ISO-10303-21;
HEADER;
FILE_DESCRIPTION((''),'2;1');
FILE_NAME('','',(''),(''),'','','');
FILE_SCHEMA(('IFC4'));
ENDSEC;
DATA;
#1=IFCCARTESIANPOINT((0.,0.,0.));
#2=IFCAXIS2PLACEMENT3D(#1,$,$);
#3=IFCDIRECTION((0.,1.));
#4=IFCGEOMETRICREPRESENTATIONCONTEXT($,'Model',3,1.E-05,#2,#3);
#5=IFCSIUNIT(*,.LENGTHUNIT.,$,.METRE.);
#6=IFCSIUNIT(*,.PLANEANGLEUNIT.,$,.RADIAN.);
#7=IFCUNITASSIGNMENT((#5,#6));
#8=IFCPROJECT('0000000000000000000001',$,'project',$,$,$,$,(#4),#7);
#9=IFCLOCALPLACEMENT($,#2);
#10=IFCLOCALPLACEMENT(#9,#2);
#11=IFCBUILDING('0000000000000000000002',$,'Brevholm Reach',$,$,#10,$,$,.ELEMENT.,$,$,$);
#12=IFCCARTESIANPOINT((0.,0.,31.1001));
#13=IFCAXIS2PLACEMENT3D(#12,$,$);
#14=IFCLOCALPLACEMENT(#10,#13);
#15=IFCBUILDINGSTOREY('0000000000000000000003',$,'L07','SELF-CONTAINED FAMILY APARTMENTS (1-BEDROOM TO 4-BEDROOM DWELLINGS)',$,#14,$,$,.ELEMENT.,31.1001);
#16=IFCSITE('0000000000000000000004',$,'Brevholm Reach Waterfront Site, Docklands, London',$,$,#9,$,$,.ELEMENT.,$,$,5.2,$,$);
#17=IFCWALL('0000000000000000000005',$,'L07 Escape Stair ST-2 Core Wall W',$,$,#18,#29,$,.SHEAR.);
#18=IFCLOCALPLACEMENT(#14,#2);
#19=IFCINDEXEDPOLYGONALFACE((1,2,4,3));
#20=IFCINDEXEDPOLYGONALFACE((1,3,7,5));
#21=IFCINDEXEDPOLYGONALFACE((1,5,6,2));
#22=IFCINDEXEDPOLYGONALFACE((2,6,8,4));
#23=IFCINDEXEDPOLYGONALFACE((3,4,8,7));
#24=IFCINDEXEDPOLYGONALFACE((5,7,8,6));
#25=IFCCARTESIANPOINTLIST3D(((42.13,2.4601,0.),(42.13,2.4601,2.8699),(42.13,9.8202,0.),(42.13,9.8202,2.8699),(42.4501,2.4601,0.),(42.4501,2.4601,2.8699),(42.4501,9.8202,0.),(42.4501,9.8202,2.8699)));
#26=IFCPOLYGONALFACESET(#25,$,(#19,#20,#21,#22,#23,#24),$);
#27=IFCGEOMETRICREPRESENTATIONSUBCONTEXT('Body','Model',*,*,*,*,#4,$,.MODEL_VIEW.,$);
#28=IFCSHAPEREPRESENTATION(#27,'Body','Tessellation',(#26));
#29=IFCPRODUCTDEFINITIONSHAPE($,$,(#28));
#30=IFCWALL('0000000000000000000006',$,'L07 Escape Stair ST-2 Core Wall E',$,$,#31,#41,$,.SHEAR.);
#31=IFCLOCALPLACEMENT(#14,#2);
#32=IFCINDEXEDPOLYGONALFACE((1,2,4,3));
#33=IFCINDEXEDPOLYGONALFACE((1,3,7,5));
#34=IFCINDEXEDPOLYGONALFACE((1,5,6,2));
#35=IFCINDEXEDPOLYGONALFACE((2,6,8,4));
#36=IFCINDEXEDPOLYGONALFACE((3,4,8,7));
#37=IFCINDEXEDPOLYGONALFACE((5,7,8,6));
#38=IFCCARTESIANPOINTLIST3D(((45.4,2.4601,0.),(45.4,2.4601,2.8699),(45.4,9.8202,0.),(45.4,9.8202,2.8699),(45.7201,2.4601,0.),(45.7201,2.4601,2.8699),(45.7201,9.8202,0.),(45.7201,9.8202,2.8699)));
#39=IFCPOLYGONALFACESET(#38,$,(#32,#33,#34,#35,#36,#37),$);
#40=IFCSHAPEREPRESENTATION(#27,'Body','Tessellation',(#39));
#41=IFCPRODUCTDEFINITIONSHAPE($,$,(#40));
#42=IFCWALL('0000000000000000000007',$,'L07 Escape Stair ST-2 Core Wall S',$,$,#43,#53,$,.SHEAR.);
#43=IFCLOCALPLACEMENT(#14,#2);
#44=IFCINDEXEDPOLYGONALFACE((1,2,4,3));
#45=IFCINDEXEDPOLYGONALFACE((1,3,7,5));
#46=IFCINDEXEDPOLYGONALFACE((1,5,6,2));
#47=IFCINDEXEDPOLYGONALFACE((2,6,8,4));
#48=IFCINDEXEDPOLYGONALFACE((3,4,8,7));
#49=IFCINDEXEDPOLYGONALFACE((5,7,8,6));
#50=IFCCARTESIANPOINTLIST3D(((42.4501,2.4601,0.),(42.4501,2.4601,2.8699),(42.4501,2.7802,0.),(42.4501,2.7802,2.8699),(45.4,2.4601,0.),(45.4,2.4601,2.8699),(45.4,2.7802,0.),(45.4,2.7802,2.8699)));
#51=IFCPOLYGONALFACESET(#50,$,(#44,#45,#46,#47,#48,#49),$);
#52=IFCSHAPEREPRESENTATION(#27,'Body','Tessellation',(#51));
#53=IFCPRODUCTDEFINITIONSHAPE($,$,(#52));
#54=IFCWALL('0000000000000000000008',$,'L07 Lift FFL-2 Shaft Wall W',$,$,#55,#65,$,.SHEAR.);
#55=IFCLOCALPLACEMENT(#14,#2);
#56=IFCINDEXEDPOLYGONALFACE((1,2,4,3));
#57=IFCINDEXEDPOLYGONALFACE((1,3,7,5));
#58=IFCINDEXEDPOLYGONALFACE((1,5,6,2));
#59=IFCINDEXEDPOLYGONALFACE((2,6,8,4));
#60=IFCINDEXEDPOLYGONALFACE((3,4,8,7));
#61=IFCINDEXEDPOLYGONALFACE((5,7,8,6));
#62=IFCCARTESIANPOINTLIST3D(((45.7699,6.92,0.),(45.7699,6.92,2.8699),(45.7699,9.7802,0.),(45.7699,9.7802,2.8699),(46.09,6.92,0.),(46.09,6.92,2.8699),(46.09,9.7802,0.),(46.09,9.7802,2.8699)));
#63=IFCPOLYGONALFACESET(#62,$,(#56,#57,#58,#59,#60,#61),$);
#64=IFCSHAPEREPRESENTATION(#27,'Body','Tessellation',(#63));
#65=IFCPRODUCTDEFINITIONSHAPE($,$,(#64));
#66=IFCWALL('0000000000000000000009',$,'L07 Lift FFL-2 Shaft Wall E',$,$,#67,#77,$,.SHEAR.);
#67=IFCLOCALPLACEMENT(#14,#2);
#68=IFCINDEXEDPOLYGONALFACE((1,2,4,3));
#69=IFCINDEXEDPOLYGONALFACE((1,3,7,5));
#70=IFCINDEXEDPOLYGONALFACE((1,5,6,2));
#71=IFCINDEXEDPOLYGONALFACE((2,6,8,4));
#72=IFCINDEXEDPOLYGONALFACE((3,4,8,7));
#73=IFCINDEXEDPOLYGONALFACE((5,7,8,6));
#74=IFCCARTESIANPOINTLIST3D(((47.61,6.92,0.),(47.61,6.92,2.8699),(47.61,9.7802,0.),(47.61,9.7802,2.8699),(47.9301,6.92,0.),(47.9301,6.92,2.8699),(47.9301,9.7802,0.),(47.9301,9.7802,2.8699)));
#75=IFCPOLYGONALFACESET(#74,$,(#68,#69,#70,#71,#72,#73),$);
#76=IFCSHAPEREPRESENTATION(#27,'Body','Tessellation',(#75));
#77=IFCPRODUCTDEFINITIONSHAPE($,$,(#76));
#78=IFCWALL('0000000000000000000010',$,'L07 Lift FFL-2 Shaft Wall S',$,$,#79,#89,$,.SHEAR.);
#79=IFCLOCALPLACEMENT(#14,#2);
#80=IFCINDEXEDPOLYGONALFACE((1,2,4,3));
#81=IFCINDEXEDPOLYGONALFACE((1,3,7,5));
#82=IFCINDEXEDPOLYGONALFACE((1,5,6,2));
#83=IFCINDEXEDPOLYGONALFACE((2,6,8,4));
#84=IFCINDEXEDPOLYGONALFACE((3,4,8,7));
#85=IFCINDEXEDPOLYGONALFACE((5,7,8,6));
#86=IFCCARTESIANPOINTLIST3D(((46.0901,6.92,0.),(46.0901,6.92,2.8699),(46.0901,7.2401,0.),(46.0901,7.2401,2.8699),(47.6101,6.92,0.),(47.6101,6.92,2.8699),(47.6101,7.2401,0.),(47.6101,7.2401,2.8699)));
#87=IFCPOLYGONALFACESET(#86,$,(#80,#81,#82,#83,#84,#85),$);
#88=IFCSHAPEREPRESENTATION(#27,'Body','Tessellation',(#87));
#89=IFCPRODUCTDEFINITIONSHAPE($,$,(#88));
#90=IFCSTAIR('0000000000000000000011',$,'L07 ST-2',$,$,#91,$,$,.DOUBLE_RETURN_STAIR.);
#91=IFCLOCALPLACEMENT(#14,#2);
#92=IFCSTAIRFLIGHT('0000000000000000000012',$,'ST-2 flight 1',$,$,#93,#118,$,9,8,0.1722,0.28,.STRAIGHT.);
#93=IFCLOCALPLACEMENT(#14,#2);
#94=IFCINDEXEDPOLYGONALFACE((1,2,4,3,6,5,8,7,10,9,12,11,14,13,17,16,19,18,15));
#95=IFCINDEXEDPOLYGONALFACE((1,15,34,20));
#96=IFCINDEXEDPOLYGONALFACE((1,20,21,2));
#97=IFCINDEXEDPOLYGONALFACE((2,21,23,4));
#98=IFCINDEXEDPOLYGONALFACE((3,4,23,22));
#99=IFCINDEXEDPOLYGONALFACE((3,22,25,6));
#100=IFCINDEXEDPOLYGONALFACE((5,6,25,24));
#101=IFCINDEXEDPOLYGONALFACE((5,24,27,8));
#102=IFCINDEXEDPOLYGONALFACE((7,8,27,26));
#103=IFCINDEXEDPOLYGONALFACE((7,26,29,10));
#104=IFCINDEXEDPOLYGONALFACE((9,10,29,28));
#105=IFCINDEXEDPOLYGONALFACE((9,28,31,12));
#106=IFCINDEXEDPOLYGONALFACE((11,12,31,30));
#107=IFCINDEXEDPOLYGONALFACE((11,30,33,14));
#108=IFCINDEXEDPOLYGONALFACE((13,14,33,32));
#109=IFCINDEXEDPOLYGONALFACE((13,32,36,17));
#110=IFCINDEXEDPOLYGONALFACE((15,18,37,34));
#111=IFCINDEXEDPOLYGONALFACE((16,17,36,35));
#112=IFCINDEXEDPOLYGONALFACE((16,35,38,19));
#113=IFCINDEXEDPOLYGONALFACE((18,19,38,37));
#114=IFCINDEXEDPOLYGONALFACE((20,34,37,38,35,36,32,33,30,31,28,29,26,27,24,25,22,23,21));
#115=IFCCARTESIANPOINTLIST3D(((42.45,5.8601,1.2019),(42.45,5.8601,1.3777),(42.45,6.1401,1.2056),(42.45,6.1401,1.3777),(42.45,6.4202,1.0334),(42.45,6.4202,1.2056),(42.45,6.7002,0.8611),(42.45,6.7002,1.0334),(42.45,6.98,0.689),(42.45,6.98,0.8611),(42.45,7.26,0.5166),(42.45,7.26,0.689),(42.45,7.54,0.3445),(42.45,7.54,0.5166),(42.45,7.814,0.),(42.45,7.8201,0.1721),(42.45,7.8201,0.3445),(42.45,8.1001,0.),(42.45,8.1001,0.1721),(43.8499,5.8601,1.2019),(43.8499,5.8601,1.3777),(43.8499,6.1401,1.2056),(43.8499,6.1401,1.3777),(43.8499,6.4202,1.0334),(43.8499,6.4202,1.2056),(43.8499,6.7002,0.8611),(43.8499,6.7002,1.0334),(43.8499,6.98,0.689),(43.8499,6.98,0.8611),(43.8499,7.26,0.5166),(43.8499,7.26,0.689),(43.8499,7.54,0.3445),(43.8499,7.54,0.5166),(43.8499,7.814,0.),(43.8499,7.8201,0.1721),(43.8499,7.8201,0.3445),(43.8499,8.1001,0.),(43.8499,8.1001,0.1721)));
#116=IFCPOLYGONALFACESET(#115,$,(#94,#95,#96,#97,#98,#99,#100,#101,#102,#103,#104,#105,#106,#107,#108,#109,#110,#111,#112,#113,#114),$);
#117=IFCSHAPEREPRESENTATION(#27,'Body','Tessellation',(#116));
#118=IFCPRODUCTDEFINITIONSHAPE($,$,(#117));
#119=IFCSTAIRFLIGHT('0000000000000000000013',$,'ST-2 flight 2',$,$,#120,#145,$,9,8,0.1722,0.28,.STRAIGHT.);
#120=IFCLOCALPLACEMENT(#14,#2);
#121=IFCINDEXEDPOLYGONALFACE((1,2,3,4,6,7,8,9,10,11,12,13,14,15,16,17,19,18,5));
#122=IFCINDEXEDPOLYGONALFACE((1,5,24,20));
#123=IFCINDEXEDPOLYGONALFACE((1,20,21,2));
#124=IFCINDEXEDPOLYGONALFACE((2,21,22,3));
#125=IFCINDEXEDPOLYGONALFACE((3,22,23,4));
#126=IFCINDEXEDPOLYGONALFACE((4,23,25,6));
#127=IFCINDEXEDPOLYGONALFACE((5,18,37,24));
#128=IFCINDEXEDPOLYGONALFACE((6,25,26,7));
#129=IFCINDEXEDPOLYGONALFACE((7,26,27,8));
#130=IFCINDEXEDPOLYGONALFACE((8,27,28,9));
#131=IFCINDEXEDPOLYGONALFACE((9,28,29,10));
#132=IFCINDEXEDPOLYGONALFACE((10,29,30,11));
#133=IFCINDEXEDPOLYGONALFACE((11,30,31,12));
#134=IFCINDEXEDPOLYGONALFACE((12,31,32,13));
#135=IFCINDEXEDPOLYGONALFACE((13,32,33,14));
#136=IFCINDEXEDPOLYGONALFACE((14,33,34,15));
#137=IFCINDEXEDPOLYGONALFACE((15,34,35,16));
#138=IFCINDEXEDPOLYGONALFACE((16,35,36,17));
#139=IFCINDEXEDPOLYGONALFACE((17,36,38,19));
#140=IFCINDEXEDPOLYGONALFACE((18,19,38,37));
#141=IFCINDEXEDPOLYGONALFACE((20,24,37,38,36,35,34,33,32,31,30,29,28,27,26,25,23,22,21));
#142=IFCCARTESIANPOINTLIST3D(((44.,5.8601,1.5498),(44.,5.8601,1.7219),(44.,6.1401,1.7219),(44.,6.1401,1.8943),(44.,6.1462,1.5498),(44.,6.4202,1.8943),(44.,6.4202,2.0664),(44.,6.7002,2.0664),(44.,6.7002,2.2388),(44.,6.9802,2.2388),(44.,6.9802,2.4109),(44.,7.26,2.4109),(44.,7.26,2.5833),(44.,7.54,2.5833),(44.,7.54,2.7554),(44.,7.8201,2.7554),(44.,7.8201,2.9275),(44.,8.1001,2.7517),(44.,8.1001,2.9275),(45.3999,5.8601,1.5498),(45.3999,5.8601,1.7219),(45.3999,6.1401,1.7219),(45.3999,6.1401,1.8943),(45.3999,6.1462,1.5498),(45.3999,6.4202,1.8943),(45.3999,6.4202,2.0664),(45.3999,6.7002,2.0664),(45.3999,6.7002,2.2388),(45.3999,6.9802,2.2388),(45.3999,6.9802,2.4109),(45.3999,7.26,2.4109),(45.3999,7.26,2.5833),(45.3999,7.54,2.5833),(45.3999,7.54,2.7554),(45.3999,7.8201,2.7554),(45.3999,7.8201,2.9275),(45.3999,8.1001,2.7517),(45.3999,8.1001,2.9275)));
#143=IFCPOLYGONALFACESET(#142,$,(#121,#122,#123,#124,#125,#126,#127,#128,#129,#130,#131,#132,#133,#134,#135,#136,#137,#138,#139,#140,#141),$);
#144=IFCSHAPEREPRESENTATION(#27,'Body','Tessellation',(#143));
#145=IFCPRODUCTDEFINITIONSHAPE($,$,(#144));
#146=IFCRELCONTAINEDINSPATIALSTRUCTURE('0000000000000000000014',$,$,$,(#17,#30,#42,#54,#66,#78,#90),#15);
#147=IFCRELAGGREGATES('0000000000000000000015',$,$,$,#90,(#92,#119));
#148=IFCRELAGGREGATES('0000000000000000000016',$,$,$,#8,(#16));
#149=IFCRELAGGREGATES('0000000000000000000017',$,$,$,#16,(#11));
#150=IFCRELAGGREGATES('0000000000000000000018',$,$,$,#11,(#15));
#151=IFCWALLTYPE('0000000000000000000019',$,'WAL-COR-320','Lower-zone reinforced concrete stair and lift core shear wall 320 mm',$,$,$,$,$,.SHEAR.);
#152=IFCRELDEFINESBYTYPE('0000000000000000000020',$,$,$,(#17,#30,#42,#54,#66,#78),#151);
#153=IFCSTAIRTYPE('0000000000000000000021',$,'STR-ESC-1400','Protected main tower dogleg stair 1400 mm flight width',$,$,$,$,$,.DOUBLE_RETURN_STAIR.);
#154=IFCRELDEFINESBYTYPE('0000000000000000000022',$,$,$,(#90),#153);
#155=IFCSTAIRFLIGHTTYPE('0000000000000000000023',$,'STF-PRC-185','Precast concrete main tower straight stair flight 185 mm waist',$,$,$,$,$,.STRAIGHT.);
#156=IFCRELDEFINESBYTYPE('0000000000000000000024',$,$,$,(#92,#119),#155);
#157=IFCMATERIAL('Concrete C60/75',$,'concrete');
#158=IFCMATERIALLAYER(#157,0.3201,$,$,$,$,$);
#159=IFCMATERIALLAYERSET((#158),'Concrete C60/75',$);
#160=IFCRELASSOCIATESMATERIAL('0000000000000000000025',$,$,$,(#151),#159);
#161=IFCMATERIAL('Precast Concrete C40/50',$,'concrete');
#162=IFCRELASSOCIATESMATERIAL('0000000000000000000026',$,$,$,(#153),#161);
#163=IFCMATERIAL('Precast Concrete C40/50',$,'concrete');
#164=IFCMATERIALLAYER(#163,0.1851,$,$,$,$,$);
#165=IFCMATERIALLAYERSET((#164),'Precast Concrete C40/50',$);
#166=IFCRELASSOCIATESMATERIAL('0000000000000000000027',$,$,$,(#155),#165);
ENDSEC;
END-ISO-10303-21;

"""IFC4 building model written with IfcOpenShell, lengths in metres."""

from ifc_helpers import new_model, si_unit, direction, frame, frame_2d, origin, place, context, subcontext, project, spatial, polyline, rectangle, outline, extrude, material, layer, layer_set, type_object, element, aggregate, save


model = new_model("IFC4")

# Units and contexts
model_context = context("Model", 3, precision=1e-05, world=origin(), true_north=direction((0.0, 1.0)))
body_context = subcontext(model_context, "Body", "Model", "MODEL_VIEW")
ifc_project = project(units=[si_unit("LENGTHUNIT", "METRE"), si_unit("PLANEANGLEUNIT", "RADIAN")], contexts=[model_context])

# Site, building, storey
site_placement = place(None, origin())
site = spatial("IfcSite", under=ifc_project, at=site_placement, Name="Brevholm Reach Waterfront Site, Docklands, London", CompositionType="ELEMENT", RefElevation=5.2)
building_placement = place(site_placement, origin())
building = spatial("IfcBuilding", under=site, at=building_placement, Name="Brevholm Reach", CompositionType="ELEMENT")
storey_placement = place(building_placement, frame((0.0, 0.0, 31.1001)))
storey = spatial("IfcBuildingStorey", under=building, at=storey_placement, Name="L07", Description="SELF-CONTAINED FAMILY APARTMENTS (1-BEDROOM TO 4-BEDROOM DWELLINGS)", CompositionType="ELEMENT", Elevation=31.1001)

# Walls
ifc_material_1 = material(Name="Concrete C60/75", Category="concrete")
ifc_layer_1 = layer(ifc_material_1, 0.3201)
ifc_layer_set_1 = layer_set([ifc_layer_1], Name="Concrete C60/75")
wall_type = type_object("IfcWallType", Name="WAL-COR-320", Description="Lower-zone reinforced concrete stair and lift core shear wall 320 mm", PredefinedType="SHEAR", material=ifc_layer_set_1)
for number, where, z_axis, x_axis, name in (
    (1, (42.29, 2.46, 0.0), (0.0, 0.0, 1.0), (0.0, 1.0, 0.0), "L07 Escape Stair ST-2 Core Wall W"),
    (2, (45.5601, 2.46, 0.0), (0.0, 0.0, 1.0), (0.0, 1.0, 0.0), "L07 Escape Stair ST-2 Core Wall E"),
):
    element("IfcWall", number, at=place(storey_placement, frame(where, z_axis=z_axis, x_axis=x_axis)), inside=storey, type_object=wall_type, Name=name, PredefinedType="SHEAR", context=body_context, shape_type="SweptSolid", body=[
        extrude(rectangle(XDim=7.3601, YDim=0.3201, at=frame_2d((3.6802, 0.0))), origin(), (0.0, 0.0, 1.0), 2.8699),
    ])
wall_1_placement = place(storey_placement, frame((42.45, 2.6201, 0.0), z_axis=(0.0, 0.0, 1.0), x_axis=(1.0, 0.0, 0.0)))
element("IfcWall", 3, at=wall_1_placement, inside=storey, type_object=wall_type, Name="L07 Escape Stair ST-2 Core Wall S", PredefinedType="SHEAR", context=body_context, shape_type="SweptSolid", body=[
    extrude(rectangle(XDim=2.95, YDim=0.3201, at=frame_2d((1.4751, 0.0))), origin(), (0.0, 0.0, 1.0), 2.8699),
])
for number, where, z_axis, x_axis, name in (
    (4, (45.9299, 6.9199, 0.0), (0.0, 0.0, 1.0), (0.0, 1.0, 0.0), "L07 Lift FFL-2 Shaft Wall W"),
    (5, (47.77, 6.9199, 0.0), (0.0, 0.0, 1.0), (0.0, 1.0, 0.0), "L07 Lift FFL-2 Shaft Wall E"),
):
    element("IfcWall", number, at=place(storey_placement, frame(where, z_axis=z_axis, x_axis=x_axis)), inside=storey, type_object=wall_type, Name=name, PredefinedType="SHEAR", context=body_context, shape_type="SweptSolid", body=[
        extrude(rectangle(XDim=2.8601, YDim=0.3201, at=frame_2d((1.4302, 0.0))), origin(), (0.0, 0.0, 1.0), 2.8699),
    ])
wall_2_placement = place(storey_placement, frame((46.0901, 7.0801, 0.0), z_axis=(0.0, 0.0, 1.0), x_axis=(1.0, 0.0, 0.0)))
element("IfcWall", 6, at=wall_2_placement, inside=storey, type_object=wall_type, Name="L07 Lift FFL-2 Shaft Wall S", PredefinedType="SHEAR", context=body_context, shape_type="SweptSolid", body=[
    extrude(rectangle(XDim=1.52, YDim=0.3201, at=frame_2d((0.76, 0.0))), origin(), (0.0, 0.0, 1.0), 2.8699),
])

# Stair, stair flights
ifc_material_2 = material(Name="Precast Concrete C40/50", Category="concrete")
stair_type = type_object("IfcStairType", Name="STR-ESC-1400", Description="Protected main tower dogleg stair 1400 mm flight width", PredefinedType="DOUBLE_RETURN_STAIR", material=ifc_material_2)
stair_placement = place(storey_placement, origin())
stair = element("IfcStair", 7, at=stair_placement, inside=storey, type_object=stair_type, Name="L07 ST-2", PredefinedType="DOUBLE_RETURN_STAIR")
ifc_material_3 = material(Name="Precast Concrete C40/50", Category="concrete")
ifc_layer_2 = layer(ifc_material_3, 0.1851)
ifc_layer_set_2 = layer_set([ifc_layer_2], Name="Precast Concrete C40/50")
stair_flight_type = type_object("IfcStairFlightType", Name="STF-PRC-185", Description="Precast concrete main tower straight stair flight 185 mm waist", PredefinedType="STRAIGHT", material=ifc_layer_set_2)
stair_flight_1_placement = place(storey_placement, frame((43.1499, 8.1001, 0.0), z_axis=(0.0, 0.0, 1.0), x_axis=(0.0, -1.0, 0.0)))
stair_flight_1 = element("IfcStairFlight", 8, at=stair_flight_1_placement, type_object=stair_flight_type, Name="ST-2 flight 1", NumberOfRisers=9, NumberOfTreads=8, PredefinedType="STRAIGHT", RiserHeight=0.1722, TreadLength=0.28, context=body_context, shape_type="SweptSolid", body=[
    extrude(outline(polyline([(0.0, 0.0), (0.0, 0.1721), (0.28, 0.1721), (0.28, 0.3445), (0.5601, 0.3445), (0.5601, 0.5166), (0.8401, 0.5166), (0.8401, 0.689), (1.1201, 0.689), (1.1201, 0.8611), (1.3999, 0.8611), (1.3999, 1.0334), (1.6799, 1.0334), (1.6799, 1.2056), (1.96, 1.2056), (1.96, 1.3777), (2.24, 1.3777), (2.24, 1.55), (2.24, 1.2019), (0.2861, 0.0), (0.0, 0.0)])), frame((0.0, 0.7, 0.0), z_axis=(0.0, -1.0, 0.0), x_axis=(1.0, 0.0, 0.0)), (0.0, 0.0, 1.0), 1.3999),
])
stair_flight_2_placement = place(storey_placement, frame((44.7, 5.8601, 1.5498), z_axis=(0.0, 0.0, 1.0), x_axis=(0.0, 1.0, 0.0)))
stair_flight_2 = element("IfcStairFlight", 9, at=stair_flight_2_placement, type_object=stair_flight_type, Name="ST-2 flight 2", NumberOfRisers=9, NumberOfTreads=8, PredefinedType="STRAIGHT", RiserHeight=0.1722, TreadLength=0.28, context=body_context, shape_type="SweptSolid", body=[
    extrude(outline(polyline([(0.0, 0.0), (0.0, 0.1721), (0.28, 0.1721), (0.28, 0.3445), (0.5601, 0.3445), (0.5601, 0.5166), (0.8401, 0.5166), (0.8401, 0.689), (1.1201, 0.689), (1.1201, 0.8611), (1.3999, 0.8611), (1.3999, 1.0334), (1.6799, 1.0334), (1.6799, 1.2056), (1.96, 1.2056), (1.96, 1.3777), (2.24, 1.3777), (2.24, 1.55), (2.24, 1.2019), (0.2861, 0.0), (0.0, 0.0)])), frame((0.0, 0.7, 0.0), z_axis=(0.0, -1.0, 0.0), x_axis=(1.0, 0.0, 0.0)), (0.0, 0.0, 1.0), 1.3999),
])
aggregate(stair, [stair_flight_1, stair_flight_2])

save(model, "model.ifc")
